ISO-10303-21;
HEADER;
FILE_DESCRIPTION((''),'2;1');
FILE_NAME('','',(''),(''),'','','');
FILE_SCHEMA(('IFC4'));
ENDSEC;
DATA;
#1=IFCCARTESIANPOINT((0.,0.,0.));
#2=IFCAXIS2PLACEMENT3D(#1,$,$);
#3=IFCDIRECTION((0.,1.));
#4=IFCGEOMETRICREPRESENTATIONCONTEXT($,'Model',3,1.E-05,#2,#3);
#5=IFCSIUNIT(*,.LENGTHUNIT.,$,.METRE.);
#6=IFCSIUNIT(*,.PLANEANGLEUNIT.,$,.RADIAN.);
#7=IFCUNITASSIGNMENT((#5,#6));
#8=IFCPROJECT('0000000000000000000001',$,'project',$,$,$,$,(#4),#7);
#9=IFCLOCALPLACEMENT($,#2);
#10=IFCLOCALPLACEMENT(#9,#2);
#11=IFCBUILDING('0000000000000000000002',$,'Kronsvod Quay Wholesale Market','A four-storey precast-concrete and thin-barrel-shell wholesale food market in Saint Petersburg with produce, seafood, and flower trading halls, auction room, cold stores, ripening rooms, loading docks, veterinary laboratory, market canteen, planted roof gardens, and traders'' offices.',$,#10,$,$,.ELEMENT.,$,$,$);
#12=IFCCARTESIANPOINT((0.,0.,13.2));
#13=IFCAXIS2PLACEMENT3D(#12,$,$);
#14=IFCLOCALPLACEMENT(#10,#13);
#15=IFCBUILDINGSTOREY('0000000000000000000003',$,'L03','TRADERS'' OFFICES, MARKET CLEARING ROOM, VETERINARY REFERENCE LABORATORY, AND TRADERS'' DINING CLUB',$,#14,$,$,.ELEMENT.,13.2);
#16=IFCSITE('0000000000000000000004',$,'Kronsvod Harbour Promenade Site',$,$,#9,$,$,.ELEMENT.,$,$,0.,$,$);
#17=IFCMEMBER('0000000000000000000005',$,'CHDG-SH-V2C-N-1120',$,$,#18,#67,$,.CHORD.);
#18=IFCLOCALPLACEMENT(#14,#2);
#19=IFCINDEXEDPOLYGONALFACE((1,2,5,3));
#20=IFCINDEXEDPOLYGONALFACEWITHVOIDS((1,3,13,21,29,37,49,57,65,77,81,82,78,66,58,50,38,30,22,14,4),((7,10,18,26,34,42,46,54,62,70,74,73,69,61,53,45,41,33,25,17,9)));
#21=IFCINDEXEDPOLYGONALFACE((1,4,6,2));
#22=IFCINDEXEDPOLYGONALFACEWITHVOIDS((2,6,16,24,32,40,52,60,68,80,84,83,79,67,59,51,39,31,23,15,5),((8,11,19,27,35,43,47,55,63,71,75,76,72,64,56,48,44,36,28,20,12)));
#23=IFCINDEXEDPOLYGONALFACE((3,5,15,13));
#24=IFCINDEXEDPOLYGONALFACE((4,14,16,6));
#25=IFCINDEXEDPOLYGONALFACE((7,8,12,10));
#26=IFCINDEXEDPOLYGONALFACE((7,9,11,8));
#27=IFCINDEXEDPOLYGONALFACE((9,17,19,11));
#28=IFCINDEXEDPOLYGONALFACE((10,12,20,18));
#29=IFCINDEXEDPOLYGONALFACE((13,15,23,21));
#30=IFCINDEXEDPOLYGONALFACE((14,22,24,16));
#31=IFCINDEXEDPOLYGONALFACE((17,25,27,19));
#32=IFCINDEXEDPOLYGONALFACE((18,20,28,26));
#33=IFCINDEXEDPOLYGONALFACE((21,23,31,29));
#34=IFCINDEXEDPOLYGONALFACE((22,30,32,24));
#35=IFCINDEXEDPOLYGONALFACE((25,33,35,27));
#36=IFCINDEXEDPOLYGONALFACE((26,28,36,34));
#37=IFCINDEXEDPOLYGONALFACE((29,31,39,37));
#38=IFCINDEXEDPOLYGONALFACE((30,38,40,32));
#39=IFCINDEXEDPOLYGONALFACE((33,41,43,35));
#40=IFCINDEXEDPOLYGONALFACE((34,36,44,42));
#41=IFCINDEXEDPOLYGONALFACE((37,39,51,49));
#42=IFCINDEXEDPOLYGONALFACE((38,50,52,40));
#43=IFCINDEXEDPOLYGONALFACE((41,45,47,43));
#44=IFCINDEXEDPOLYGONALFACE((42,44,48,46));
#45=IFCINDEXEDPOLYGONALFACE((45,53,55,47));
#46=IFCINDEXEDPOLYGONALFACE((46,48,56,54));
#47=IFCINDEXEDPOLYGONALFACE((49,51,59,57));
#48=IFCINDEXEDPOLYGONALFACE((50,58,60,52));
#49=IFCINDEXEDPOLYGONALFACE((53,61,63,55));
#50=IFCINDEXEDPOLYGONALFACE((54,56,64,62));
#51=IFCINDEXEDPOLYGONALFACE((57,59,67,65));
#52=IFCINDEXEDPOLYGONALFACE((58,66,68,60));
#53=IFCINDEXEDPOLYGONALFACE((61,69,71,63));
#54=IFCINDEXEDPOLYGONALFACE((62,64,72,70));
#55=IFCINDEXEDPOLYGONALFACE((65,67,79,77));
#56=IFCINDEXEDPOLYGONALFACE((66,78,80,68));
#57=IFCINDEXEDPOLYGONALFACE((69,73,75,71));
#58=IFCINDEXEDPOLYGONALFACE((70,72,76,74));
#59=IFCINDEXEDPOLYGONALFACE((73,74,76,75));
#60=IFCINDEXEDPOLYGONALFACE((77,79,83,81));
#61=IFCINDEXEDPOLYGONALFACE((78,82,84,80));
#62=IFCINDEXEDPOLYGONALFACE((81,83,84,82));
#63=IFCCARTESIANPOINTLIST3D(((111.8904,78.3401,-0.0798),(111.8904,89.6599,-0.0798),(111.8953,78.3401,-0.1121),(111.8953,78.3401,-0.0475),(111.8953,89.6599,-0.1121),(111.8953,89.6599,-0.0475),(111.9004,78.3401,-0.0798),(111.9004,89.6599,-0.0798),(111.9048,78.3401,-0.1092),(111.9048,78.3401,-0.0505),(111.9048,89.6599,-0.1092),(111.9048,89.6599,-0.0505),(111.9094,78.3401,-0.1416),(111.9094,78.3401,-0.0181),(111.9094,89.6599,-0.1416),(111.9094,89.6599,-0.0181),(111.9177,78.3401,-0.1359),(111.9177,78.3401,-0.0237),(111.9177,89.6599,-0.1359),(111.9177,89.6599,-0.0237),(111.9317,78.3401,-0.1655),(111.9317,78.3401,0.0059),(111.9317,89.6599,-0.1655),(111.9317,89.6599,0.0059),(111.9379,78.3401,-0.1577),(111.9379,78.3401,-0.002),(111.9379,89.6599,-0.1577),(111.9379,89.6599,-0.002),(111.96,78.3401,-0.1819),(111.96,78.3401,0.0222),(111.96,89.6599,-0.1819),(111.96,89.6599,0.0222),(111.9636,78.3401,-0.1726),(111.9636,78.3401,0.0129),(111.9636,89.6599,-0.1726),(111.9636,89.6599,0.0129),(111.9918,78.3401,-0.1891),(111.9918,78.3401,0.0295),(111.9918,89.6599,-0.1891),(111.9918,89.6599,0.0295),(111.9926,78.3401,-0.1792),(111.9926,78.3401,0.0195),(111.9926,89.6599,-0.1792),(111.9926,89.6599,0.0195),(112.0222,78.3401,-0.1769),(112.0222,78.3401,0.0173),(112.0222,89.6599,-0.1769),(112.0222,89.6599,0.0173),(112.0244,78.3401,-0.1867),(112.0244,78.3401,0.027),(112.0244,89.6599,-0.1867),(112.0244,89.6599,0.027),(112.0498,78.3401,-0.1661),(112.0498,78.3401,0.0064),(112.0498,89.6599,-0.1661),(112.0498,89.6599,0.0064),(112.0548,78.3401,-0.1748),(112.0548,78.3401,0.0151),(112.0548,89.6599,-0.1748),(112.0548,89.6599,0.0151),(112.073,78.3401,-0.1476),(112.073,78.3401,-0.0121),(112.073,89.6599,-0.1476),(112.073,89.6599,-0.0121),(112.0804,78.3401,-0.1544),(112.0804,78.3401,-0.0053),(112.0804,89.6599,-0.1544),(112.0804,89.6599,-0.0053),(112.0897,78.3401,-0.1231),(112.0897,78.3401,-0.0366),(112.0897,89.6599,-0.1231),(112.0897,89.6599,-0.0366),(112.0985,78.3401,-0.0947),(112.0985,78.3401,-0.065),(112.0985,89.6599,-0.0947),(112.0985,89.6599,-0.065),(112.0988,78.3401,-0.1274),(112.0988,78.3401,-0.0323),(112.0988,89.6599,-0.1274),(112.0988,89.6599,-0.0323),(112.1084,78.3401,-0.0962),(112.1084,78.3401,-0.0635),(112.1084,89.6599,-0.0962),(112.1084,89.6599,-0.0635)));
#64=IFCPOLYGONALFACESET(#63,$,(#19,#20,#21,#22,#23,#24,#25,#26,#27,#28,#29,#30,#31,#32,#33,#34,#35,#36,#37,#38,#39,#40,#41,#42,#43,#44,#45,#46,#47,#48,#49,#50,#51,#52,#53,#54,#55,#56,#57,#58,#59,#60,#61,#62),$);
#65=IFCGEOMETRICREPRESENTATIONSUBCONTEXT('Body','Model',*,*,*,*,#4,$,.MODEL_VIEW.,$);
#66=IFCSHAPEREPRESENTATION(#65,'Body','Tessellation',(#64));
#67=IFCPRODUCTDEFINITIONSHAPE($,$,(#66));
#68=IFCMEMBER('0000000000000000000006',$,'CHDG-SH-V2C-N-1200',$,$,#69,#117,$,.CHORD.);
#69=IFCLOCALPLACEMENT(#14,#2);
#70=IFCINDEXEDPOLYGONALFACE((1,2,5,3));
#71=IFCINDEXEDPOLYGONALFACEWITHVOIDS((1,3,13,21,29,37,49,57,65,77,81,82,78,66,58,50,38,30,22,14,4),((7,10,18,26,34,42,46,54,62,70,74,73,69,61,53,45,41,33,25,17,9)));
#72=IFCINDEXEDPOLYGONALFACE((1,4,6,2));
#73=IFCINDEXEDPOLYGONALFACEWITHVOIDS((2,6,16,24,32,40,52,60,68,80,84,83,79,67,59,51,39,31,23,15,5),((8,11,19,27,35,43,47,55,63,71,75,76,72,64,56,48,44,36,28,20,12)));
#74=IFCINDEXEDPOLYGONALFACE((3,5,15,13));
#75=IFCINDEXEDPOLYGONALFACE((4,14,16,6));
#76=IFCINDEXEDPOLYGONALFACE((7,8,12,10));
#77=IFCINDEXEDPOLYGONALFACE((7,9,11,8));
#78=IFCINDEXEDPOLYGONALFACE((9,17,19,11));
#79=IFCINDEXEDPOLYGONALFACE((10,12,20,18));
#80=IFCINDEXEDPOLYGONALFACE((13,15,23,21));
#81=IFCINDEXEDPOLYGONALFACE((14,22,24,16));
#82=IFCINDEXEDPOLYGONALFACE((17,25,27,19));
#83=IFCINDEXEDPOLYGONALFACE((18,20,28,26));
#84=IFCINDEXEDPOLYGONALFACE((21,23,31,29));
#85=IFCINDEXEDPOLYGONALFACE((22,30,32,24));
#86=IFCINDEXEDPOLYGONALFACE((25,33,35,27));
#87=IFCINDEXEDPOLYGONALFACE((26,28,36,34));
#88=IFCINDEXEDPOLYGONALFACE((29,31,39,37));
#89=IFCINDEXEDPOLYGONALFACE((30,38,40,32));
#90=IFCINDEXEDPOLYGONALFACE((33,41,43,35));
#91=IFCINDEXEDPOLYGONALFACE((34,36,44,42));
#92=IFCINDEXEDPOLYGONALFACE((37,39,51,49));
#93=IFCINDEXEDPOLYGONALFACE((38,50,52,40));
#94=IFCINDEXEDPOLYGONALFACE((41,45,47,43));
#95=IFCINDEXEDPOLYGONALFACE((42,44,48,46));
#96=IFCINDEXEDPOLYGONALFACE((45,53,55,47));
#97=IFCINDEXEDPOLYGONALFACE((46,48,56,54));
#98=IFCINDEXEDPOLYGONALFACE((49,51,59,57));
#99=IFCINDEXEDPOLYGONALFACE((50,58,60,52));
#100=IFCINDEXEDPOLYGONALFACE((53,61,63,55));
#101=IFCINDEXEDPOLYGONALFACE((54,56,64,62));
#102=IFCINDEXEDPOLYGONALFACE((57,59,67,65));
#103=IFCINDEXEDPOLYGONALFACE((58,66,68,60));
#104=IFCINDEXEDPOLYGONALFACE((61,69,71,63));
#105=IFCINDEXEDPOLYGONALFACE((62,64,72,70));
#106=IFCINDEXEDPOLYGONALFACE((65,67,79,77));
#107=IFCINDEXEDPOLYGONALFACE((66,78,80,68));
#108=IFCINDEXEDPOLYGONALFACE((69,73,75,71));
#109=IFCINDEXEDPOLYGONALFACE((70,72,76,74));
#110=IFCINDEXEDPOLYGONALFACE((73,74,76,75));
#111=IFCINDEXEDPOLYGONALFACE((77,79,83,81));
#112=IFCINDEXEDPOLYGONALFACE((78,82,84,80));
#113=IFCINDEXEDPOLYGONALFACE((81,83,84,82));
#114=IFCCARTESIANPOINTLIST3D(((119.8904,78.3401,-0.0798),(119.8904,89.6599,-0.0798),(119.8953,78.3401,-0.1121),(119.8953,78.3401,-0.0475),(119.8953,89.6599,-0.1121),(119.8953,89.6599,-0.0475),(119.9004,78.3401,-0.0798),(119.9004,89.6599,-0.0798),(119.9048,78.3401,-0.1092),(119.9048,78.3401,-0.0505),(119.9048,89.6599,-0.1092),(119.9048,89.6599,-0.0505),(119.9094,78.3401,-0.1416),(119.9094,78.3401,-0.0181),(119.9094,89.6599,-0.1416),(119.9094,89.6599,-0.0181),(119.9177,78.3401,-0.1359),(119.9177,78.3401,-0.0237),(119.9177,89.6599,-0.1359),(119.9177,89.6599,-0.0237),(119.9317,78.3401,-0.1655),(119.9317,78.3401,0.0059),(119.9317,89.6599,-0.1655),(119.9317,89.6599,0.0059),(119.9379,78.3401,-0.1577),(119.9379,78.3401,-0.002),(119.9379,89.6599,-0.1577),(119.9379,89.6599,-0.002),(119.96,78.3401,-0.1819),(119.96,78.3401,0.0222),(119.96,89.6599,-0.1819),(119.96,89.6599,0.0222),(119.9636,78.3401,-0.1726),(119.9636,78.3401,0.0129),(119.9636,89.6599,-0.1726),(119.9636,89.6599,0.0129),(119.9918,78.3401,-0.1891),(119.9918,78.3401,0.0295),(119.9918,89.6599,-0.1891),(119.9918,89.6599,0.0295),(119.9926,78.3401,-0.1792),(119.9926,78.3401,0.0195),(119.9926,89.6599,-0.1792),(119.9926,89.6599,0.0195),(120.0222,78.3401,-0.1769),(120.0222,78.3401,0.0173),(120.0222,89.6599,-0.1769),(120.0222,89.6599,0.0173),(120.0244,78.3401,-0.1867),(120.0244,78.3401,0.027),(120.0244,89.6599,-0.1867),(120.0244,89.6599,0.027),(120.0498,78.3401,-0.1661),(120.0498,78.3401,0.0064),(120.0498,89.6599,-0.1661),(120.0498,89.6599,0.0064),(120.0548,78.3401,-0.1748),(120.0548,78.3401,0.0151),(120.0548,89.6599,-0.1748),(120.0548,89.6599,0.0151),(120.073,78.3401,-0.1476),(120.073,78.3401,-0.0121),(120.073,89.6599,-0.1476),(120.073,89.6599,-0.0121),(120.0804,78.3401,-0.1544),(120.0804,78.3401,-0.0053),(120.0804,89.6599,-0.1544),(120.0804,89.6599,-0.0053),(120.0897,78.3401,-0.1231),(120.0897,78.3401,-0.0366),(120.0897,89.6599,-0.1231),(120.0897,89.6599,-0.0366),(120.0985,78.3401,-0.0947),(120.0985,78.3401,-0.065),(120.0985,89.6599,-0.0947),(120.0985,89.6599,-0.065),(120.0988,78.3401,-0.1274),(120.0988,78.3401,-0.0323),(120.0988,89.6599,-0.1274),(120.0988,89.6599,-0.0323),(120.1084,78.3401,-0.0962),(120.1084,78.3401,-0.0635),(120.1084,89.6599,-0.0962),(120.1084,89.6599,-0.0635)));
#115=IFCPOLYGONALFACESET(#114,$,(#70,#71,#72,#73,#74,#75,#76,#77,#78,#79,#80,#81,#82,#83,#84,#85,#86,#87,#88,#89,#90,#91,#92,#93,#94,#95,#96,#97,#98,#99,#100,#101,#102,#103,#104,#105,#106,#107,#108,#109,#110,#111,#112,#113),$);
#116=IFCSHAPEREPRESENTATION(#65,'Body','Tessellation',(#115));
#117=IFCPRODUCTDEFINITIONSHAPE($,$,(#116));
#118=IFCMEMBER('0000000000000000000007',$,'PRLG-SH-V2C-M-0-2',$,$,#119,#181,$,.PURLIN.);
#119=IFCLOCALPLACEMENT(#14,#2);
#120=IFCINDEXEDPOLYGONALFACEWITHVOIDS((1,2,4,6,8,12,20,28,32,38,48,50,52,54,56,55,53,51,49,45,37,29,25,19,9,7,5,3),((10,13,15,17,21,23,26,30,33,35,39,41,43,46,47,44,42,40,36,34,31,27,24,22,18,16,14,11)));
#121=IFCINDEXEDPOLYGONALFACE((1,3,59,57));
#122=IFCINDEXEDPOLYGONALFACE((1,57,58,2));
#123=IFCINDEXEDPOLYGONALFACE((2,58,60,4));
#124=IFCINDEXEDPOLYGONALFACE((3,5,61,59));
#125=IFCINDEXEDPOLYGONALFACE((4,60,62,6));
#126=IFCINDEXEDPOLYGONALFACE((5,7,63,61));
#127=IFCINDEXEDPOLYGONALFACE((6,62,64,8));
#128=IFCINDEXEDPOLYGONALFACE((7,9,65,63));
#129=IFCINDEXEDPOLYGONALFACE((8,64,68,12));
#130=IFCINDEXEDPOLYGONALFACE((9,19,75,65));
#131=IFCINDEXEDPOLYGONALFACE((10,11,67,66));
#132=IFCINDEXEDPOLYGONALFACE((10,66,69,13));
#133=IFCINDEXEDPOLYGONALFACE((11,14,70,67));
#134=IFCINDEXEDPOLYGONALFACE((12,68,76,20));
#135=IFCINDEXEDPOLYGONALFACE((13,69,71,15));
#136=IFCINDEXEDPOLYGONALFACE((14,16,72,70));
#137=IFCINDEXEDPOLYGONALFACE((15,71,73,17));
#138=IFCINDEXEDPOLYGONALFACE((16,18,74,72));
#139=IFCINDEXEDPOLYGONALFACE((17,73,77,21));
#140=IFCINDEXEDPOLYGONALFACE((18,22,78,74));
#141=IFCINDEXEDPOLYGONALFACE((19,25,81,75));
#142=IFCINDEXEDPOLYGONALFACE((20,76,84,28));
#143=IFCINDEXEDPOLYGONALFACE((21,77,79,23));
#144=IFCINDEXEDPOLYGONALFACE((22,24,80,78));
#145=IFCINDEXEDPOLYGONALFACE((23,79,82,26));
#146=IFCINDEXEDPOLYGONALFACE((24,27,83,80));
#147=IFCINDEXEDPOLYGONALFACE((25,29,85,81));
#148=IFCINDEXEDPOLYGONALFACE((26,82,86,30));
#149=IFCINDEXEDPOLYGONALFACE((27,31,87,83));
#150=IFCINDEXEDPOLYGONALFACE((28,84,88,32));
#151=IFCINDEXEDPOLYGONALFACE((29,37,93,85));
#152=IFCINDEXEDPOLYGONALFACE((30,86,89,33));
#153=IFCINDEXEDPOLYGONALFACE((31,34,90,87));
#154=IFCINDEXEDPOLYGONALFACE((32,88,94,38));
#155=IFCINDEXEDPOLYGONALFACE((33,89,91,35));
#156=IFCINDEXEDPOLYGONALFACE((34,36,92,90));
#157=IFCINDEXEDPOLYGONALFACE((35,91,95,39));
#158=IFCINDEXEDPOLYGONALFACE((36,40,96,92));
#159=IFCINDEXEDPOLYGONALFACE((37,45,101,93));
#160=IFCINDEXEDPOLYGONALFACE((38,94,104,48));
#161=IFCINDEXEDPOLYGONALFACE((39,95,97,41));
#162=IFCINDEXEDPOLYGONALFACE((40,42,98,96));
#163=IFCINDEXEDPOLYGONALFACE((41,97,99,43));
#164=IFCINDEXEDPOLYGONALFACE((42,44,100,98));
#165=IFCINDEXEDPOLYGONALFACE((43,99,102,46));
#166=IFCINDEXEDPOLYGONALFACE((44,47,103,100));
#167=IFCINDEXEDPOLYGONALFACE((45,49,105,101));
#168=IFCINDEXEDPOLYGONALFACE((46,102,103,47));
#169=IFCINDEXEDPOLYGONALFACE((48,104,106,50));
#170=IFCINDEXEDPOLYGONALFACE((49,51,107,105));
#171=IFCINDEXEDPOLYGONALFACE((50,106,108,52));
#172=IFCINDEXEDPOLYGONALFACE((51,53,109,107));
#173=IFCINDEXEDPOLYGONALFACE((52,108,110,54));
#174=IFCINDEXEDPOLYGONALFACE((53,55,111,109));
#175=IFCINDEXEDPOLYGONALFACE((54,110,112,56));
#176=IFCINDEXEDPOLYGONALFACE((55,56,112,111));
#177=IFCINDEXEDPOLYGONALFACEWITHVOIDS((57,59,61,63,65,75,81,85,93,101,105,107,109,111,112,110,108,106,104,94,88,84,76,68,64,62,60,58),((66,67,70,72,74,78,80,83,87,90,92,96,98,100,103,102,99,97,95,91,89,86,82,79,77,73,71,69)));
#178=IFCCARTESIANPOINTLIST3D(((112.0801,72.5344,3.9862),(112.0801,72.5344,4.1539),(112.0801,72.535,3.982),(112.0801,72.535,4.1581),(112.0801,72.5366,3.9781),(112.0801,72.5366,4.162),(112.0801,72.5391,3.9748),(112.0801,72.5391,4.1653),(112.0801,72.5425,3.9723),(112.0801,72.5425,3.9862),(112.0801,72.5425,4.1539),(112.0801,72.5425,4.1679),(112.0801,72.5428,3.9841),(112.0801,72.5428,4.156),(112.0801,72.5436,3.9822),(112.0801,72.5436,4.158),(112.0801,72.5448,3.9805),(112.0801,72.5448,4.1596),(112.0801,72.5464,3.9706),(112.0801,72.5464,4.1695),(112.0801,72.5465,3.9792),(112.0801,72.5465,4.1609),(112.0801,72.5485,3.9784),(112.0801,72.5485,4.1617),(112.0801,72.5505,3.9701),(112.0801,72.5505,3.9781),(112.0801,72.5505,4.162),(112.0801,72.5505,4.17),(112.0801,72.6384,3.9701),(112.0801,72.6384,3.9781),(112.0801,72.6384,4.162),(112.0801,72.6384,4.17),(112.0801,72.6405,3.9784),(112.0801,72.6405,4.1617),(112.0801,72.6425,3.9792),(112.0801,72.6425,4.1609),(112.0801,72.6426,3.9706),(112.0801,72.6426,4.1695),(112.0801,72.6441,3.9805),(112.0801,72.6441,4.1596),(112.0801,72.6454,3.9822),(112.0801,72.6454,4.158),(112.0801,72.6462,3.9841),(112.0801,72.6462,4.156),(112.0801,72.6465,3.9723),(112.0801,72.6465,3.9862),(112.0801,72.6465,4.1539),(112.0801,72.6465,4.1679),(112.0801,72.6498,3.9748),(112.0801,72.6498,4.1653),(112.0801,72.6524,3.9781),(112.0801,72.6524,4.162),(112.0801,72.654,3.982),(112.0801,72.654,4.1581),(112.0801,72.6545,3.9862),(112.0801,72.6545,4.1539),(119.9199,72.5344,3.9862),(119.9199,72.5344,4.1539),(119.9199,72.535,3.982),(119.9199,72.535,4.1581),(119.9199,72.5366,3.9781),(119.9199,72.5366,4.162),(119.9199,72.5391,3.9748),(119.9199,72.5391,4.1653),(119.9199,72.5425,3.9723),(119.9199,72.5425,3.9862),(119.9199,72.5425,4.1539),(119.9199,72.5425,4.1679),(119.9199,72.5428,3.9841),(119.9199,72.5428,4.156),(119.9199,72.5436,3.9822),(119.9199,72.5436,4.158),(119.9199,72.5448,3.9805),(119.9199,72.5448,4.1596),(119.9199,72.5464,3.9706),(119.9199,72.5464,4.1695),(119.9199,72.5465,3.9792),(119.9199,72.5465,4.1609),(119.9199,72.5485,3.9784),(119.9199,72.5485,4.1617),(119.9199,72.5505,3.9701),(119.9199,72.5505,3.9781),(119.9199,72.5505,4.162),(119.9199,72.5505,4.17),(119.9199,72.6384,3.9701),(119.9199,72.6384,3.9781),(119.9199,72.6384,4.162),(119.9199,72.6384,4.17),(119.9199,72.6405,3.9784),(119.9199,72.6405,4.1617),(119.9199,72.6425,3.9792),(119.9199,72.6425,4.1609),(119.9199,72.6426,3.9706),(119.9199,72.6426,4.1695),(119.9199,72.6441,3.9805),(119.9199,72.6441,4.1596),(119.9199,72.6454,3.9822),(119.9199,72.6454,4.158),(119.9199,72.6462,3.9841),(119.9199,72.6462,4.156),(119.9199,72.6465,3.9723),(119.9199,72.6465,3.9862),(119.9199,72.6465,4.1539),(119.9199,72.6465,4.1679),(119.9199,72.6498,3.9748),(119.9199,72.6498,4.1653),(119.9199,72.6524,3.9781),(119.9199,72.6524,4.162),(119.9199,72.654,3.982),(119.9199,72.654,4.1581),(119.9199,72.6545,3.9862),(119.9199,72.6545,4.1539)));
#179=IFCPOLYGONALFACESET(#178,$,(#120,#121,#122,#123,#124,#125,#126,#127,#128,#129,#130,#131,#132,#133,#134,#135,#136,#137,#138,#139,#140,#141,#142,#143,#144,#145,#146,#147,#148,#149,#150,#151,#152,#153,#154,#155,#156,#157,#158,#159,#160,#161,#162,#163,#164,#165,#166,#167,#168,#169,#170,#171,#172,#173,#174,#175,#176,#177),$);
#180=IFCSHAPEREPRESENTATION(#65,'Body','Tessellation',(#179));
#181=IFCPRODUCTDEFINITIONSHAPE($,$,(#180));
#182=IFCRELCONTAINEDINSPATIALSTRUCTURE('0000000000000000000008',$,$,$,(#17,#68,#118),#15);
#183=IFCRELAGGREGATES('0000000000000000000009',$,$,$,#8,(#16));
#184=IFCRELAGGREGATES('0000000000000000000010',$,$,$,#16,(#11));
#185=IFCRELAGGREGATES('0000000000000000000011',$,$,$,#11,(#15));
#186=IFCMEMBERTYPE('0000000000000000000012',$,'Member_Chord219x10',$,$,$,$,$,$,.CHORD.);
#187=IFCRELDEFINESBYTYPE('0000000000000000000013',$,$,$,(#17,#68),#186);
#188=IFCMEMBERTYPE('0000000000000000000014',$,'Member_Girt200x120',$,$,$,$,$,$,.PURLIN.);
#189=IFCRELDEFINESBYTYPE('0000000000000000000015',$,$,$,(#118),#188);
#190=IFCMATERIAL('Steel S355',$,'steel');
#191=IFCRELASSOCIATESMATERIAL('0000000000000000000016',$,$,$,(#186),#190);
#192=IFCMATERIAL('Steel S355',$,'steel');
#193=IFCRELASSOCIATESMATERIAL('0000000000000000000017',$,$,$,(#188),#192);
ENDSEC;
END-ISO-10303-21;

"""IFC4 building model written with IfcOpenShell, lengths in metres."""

from ifc_helpers import new_model, si_unit, direction, frame, origin, origin_2d, place, context, subcontext, project, spatial, hollow_rectangle, hollow_circle, extrude, material, material_profile, profile_set, type_object, element, save


model = new_model("IFC4")

# Units and contexts
model_context = context("Model", 3, precision=1e-05, world=origin(), true_north=direction((0.0, 1.0)))
body_context = subcontext(model_context, "Body", "Model", "MODEL_VIEW")
ifc_project = project(units=[si_unit("LENGTHUNIT", "METRE"), si_unit("PLANEANGLEUNIT", "RADIAN")], contexts=[model_context])

# Site, building, storey
site_placement = place(None, origin())
site = spatial("IfcSite", under=ifc_project, at=site_placement, Name="Kronsvod Harbour Promenade Site", CompositionType="ELEMENT", RefElevation=0.0)
building_placement = place(site_placement, origin())
building = spatial("IfcBuilding", under=site, at=building_placement, Name="Kronsvod Quay Wholesale Market", Description="A four-storey precast-concrete and thin-barrel-shell wholesale food market in Saint Petersburg with produce, seafood, and flower trading halls, auction room, cold stores, ripening rooms, loading docks, veterinary laboratory, market canteen, planted roof gardens, and traders' offices.", CompositionType="ELEMENT")
storey_placement = place(building_placement, frame((0.0, 0.0, 13.2)))
storey = spatial("IfcBuildingStorey", under=building, at=storey_placement, Name="L03", Description="TRADERS' OFFICES, MARKET CLEARING ROOM, VETERINARY REFERENCE LABORATORY, AND TRADERS' DINING CLUB", CompositionType="ELEMENT", Elevation=13.2)

# Members
ifc_material_1 = material(Name="Steel S355", Category="steel")
ifc_material_profile_1 = material_profile(ifc_material_1, hollow_circle(Radius=0.1096, WallThickness=0.01, at=origin_2d()), Name="CHS219x10")
ifc_profile_set_1 = profile_set([ifc_material_profile_1], Name="Steel S355")
member_type_1 = type_object("IfcMemberType", Name="Member_Chord219x10", PredefinedType="CHORD", material=ifc_profile_set_1)
for number, where, z_axis, x_axis, name in (
    (1, (112.0, 78.3401, -0.0798), (0.0, 1.0, 0.0), (-1.0, 0.0, 0.0), "CHDG-SH-V2C-N-1120"),
    (2, (120.0, 78.3401, -0.0798), (0.0, 1.0, 0.0), (-1.0, 0.0, 0.0), "CHDG-SH-V2C-N-1200"),
):
    element("IfcMember", number, at=place(storey_placement, frame(where, z_axis=z_axis, x_axis=x_axis)), inside=storey, type_object=member_type_1, Name=name, PredefinedType="CHORD", context=body_context, shape_type="SweptSolid", body=[
        extrude(hollow_circle(Radius=0.1096, WallThickness=0.01, at=origin_2d()), origin(), (0.0, 0.0, 1.0), 11.3198),
    ])
ifc_material_2 = material(Name="Steel S355", Category="steel")
ifc_material_profile_2 = material_profile(ifc_material_2, hollow_rectangle(XDim=0.1201, YDim=0.2, WallThickness=0.0081, InnerFilletRadius=0.0081, OuterFilletRadius=0.0161, at=origin_2d()), Name="RHS200x120x8")
ifc_profile_set_2 = profile_set([ifc_material_profile_2], Name="Steel S355")
member_type_2 = type_object("IfcMemberType", Name="Member_Girt200x120", PredefinedType="PURLIN", material=ifc_profile_set_2)
member_1_placement = place(storey_placement, frame((112.0801, 72.5945, 4.0701), z_axis=(1.0, 0.0, 0.0), x_axis=(0.0, 1.0, 0.0)))
element("IfcMember", 3, at=member_1_placement, inside=storey, type_object=member_type_2, Name="PRLG-SH-V2C-M-0-2", PredefinedType="PURLIN", context=body_context, shape_type="SweptSolid", body=[
    extrude(hollow_rectangle(XDim=0.1201, YDim=0.2, WallThickness=0.0081, InnerFilletRadius=0.0081, OuterFilletRadius=0.0161, at=origin_2d()), origin(), (0.0, 0.0, 1.0), 7.8398),
])

save(model, "model.ifc")
